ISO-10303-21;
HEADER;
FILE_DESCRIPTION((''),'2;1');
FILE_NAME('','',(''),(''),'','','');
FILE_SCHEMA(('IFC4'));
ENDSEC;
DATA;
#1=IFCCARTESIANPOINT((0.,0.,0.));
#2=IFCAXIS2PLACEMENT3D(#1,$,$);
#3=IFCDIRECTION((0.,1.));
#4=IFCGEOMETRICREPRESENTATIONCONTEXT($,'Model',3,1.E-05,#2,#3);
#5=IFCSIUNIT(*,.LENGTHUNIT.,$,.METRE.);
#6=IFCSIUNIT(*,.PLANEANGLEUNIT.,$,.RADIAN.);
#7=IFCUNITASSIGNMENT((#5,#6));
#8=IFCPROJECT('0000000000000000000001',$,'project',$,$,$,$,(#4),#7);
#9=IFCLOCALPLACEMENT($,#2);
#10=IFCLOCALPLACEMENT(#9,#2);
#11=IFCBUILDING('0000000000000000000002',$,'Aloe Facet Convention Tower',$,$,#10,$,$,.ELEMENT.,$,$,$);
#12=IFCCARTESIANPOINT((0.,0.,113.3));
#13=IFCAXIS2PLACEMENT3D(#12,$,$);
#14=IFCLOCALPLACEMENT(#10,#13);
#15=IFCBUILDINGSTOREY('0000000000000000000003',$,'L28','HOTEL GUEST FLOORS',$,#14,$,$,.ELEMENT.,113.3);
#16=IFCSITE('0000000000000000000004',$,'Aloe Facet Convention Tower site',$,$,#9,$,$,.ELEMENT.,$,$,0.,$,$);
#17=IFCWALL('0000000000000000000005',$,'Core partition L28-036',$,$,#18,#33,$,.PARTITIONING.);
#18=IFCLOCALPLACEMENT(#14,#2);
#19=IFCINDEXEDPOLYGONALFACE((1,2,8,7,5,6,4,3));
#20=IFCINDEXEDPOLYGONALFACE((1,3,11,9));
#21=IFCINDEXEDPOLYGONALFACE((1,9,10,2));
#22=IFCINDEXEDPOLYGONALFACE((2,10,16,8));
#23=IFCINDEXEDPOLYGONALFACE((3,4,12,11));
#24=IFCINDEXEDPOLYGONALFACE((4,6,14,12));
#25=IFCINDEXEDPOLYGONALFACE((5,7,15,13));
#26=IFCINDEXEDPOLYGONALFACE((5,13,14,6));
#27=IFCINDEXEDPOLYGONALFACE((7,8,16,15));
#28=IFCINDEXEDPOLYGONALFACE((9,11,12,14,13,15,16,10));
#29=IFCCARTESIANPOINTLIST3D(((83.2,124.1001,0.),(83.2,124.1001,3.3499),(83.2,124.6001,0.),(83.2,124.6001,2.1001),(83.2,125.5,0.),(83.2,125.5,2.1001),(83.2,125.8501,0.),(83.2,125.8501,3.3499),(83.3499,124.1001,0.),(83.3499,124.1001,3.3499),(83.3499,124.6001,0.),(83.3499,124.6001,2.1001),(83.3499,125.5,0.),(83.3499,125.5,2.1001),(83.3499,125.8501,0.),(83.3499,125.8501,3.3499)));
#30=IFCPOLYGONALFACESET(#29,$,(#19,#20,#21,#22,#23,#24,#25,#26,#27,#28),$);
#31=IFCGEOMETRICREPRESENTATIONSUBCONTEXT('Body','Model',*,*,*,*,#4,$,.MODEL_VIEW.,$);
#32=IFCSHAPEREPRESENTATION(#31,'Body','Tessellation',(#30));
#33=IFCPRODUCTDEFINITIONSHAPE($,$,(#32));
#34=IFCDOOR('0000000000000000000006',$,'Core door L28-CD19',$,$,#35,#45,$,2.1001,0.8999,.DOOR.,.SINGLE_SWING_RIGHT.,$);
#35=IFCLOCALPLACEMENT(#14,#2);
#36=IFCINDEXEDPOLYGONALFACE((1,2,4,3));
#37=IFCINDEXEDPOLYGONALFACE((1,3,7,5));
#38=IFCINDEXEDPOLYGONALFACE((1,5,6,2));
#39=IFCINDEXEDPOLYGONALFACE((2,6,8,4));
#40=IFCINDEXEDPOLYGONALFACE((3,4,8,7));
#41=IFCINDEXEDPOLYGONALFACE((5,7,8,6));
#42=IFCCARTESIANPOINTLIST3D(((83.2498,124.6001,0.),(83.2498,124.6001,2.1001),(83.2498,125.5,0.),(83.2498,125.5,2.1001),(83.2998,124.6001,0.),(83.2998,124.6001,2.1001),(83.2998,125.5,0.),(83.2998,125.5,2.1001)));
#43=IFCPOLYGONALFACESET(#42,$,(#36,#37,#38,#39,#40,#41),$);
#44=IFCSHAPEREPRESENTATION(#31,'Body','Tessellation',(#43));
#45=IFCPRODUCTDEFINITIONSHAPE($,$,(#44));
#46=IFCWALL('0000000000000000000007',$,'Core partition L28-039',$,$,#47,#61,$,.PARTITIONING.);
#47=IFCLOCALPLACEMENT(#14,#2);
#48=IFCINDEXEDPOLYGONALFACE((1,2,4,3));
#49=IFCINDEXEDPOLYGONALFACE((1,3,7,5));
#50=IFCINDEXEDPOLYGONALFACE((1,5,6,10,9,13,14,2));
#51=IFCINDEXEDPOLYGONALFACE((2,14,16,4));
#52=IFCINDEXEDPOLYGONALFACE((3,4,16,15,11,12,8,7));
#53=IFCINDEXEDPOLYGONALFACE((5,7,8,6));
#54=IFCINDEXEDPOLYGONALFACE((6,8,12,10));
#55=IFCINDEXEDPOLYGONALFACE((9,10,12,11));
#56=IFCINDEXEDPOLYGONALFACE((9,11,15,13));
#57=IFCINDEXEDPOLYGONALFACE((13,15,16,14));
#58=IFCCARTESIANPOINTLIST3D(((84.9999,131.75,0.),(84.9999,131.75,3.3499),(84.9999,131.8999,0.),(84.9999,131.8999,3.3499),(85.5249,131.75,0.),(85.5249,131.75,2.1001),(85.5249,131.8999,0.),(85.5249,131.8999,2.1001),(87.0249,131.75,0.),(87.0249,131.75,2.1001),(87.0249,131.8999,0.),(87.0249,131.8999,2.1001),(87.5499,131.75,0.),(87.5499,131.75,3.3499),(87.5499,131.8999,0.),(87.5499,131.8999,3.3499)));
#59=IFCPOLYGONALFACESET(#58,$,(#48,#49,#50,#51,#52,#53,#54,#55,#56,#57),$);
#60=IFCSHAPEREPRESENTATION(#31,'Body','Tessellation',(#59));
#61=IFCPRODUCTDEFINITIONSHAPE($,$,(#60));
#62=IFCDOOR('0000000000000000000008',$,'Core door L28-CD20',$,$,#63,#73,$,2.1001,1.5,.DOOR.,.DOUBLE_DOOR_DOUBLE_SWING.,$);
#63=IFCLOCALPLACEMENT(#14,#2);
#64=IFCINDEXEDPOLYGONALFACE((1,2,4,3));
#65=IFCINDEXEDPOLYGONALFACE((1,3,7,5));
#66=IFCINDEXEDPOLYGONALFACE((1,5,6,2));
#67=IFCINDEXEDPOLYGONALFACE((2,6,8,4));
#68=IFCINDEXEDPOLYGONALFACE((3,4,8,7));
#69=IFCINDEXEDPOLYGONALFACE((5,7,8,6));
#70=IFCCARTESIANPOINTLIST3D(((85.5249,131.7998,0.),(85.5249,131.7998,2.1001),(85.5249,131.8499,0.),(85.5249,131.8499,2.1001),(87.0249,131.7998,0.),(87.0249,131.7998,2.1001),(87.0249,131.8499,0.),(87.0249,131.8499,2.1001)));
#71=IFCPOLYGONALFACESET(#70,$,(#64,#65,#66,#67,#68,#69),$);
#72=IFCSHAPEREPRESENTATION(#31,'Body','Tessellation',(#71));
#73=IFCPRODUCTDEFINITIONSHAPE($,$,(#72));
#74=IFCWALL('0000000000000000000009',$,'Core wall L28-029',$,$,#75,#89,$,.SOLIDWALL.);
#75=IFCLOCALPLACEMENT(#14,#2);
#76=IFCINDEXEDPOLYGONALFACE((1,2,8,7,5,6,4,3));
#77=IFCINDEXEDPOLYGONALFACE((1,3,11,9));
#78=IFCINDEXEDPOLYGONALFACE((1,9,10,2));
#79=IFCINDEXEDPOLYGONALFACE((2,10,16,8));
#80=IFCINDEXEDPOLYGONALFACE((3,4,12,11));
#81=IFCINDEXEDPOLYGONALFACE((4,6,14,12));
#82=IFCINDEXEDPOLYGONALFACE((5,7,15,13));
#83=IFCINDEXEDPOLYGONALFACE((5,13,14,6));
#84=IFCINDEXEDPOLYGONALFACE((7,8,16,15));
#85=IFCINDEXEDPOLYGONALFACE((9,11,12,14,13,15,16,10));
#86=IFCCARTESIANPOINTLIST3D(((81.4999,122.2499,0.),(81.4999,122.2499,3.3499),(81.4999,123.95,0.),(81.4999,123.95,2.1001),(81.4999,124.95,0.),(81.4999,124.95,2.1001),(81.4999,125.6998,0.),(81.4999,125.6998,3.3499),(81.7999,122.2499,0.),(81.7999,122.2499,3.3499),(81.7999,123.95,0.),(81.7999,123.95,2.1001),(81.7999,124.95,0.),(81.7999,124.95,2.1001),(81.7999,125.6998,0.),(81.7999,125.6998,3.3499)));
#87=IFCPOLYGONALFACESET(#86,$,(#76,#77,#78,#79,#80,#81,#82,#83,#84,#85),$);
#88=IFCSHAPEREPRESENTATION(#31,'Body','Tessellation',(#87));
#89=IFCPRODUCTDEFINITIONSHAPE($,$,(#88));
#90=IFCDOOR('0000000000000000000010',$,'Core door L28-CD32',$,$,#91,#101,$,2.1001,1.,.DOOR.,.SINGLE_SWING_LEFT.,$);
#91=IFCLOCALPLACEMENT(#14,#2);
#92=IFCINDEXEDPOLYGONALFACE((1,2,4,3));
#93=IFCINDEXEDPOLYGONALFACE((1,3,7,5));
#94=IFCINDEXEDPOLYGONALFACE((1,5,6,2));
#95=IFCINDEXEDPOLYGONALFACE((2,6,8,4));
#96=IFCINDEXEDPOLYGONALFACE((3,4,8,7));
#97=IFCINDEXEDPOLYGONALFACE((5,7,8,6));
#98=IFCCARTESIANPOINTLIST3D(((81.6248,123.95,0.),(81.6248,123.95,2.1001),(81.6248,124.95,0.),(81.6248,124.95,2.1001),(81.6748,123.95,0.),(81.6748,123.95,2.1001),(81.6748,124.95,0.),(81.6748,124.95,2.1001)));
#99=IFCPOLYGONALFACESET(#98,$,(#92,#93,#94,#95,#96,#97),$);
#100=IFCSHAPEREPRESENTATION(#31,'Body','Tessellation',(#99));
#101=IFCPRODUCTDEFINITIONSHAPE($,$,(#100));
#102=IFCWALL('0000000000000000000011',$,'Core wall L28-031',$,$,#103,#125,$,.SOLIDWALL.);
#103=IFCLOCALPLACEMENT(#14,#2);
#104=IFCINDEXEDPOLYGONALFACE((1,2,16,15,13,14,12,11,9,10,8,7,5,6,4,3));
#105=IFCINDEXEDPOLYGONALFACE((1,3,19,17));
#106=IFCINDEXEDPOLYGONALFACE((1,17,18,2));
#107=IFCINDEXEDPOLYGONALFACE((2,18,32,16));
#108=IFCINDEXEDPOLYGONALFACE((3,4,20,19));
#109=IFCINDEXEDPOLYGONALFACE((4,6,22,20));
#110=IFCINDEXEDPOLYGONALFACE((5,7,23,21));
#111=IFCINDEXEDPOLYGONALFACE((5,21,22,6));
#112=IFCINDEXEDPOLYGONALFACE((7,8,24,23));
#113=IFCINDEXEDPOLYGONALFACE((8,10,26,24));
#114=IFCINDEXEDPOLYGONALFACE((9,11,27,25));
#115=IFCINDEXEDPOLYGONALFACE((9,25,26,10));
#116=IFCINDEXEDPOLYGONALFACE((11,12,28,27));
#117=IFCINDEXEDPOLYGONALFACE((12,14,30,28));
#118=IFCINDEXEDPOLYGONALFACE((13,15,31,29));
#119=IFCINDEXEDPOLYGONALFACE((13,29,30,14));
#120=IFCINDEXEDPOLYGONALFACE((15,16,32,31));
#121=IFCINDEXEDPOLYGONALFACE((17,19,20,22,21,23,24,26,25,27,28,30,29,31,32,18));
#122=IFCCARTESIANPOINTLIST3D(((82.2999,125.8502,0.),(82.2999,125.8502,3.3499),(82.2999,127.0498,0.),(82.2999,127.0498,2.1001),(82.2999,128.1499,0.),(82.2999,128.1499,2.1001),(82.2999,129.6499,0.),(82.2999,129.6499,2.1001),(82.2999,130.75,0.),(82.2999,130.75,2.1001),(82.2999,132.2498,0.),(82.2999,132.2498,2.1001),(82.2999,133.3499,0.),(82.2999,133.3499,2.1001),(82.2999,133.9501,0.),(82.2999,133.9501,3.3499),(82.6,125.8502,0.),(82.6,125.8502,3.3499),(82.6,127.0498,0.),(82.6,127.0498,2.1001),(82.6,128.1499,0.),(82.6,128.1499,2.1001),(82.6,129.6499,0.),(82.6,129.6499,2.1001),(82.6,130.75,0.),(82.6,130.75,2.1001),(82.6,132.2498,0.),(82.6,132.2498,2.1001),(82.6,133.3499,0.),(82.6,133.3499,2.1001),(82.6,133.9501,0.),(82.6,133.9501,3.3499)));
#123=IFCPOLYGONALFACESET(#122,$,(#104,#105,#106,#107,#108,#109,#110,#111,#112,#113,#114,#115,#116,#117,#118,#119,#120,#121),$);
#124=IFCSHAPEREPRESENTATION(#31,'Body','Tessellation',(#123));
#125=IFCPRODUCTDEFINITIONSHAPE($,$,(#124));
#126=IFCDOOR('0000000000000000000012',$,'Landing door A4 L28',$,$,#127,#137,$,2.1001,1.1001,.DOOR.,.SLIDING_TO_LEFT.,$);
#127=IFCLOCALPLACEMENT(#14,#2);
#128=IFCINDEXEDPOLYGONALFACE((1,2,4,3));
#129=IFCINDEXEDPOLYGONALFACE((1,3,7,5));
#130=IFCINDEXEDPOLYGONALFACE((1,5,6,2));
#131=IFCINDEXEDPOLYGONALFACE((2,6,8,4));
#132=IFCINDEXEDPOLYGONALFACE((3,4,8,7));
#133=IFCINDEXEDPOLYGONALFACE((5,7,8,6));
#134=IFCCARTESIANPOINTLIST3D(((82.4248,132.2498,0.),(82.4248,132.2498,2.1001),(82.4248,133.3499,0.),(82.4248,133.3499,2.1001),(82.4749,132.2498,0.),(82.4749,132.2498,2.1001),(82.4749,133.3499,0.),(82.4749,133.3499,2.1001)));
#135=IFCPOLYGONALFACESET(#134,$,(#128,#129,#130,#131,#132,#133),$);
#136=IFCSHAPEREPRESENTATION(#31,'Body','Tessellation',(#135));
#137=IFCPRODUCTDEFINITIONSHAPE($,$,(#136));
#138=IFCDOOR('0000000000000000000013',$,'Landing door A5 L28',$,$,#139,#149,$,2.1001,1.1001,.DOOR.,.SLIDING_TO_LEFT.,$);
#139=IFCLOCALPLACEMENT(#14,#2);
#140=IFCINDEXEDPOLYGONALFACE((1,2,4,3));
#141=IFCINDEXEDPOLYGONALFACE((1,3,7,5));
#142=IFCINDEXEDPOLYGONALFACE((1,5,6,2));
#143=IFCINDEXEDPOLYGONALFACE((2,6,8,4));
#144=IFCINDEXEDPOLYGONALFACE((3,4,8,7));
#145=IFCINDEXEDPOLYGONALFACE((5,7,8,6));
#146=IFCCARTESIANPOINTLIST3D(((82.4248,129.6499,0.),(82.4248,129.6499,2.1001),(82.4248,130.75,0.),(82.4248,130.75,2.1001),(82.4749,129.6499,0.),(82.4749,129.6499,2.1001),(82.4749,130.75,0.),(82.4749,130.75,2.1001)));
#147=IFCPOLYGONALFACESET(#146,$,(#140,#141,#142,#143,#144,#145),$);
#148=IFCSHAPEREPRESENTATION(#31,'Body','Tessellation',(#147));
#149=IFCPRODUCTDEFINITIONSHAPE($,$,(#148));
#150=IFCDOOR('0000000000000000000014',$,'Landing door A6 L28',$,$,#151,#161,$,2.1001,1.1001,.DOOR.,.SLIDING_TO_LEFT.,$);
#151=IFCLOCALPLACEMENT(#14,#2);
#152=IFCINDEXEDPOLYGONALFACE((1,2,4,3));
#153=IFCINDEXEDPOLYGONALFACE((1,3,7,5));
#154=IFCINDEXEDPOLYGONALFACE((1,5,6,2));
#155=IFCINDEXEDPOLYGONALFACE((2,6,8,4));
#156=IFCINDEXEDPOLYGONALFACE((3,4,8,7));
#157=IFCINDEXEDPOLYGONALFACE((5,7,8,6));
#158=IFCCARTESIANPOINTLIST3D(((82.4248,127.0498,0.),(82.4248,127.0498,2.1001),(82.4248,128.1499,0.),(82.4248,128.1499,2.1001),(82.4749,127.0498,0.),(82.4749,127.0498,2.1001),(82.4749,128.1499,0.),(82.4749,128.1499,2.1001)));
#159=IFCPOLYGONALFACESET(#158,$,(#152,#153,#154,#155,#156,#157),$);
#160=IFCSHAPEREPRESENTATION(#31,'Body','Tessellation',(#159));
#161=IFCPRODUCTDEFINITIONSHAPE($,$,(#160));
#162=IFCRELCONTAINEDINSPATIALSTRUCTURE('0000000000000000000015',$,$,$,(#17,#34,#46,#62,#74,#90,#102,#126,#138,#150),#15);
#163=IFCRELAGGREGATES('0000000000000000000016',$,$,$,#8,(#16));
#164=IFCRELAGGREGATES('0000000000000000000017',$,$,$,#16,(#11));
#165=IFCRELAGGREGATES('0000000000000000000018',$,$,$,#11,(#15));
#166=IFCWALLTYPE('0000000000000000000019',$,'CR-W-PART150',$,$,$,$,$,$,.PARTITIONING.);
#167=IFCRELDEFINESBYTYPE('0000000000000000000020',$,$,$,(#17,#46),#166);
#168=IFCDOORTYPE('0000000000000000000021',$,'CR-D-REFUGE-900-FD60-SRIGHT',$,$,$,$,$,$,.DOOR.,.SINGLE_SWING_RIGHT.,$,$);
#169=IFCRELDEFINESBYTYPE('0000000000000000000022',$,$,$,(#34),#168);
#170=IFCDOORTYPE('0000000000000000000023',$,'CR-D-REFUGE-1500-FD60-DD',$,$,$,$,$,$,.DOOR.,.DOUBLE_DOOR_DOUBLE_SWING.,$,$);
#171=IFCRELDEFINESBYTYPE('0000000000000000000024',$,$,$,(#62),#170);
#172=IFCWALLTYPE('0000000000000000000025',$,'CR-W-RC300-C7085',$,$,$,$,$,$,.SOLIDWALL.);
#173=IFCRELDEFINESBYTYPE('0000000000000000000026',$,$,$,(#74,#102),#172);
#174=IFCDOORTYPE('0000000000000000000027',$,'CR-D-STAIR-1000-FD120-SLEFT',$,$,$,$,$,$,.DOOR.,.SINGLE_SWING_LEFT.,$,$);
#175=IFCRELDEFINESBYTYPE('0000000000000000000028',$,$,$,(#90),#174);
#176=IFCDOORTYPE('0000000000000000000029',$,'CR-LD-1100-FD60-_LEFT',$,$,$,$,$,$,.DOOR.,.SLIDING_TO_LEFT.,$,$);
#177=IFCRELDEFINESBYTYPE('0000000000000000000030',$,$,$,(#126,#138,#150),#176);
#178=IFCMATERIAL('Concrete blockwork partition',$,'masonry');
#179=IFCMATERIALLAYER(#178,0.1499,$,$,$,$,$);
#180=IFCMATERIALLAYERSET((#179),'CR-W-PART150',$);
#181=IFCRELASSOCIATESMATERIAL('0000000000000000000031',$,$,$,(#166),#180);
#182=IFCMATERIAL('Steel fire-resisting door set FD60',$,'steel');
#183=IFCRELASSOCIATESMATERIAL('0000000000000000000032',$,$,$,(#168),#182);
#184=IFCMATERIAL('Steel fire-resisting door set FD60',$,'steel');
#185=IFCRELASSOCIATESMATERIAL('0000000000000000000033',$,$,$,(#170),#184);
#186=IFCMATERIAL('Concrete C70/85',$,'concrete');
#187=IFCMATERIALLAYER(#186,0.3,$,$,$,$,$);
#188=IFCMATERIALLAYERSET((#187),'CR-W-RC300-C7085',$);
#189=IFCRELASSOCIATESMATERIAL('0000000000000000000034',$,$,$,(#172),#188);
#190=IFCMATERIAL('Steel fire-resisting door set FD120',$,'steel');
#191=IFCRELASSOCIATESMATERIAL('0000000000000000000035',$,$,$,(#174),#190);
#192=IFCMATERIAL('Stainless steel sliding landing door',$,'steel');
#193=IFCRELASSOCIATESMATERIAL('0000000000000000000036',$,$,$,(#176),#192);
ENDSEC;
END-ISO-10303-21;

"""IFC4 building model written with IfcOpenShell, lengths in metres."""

from ifc_helpers import new_model, si_unit, direction, frame, frame_2d, origin, place, context, subcontext, project, spatial, rectangle, extrude, material, layer, layer_set, type_object, element, fill, save


model = new_model("IFC4")

# Units and contexts
model_context = context("Model", 3, precision=1e-05, world=origin(), true_north=direction((0.0, 1.0)))
body_context = subcontext(model_context, "Body", "Model", "MODEL_VIEW")
ifc_project = project(units=[si_unit("LENGTHUNIT", "METRE"), si_unit("PLANEANGLEUNIT", "RADIAN")], contexts=[model_context])

# Site, building, storey
site_placement = place(None, origin())
site = spatial("IfcSite", under=ifc_project, at=site_placement, Name="Aloe Facet Convention Tower site", CompositionType="ELEMENT", RefElevation=0.0)
building_placement = place(site_placement, origin())
building = spatial("IfcBuilding", under=site, at=building_placement, Name="Aloe Facet Convention Tower", CompositionType="ELEMENT")
storey_placement = place(building_placement, frame((0.0, 0.0, 113.3)))
storey = spatial("IfcBuildingStorey", under=building, at=storey_placement, Name="L28", Description="HOTEL GUEST FLOORS", CompositionType="ELEMENT", Elevation=113.3)

# Walls, openings, doors
ifc_material_1 = material(Name="Concrete blockwork partition", Category="masonry")
ifc_layer_1 = layer(ifc_material_1, 0.1499)
ifc_layer_set_1 = layer_set([ifc_layer_1], Name="CR-W-PART150")
wall_type_1 = type_object("IfcWallType", Name="CR-W-PART150", PredefinedType="PARTITIONING", material=ifc_layer_set_1)
wall_1_placement = place(storey_placement, frame((83.2749, 125.8501, 0.0), z_axis=(0.0, 0.0, 1.0), x_axis=(0.0, -1.0, 0.0)))
wall_1 = element("IfcWall", 1, at=wall_1_placement, inside=storey, type_object=wall_type_1, Name="Core partition L28-036", PredefinedType="PARTITIONING", context=body_context, shape_type="SweptSolid", body=[
    extrude(rectangle(XDim=1.75, YDim=0.1499, at=frame_2d((0.875, 0.0))), origin(), (0.0, 0.0, 1.0), 3.3499),
])
opening_1_placement = place(wall_1_placement, frame((0.3501, 0.0, 0.0)))
opening_1 = element("IfcOpeningElement", 2, at=opening_1_placement, cuts=wall_1, PredefinedType="OPENING", context=body_context, shape_type="SweptSolid", body=[
    extrude(rectangle(XDim=0.8999, YDim=2.1001, at=frame_2d((0.45, 1.05))), frame((0.0, 0.085, 0.0), z_axis=(0.0, -1.0, 0.0), x_axis=(1.0, 0.0, 0.0)), (0.0, 0.0, 1.0), 0.1699),
])
ifc_material_2 = material(Name="Steel fire-resisting door set FD60", Category="steel")
door_type_1 = type_object("IfcDoorType", Name="CR-D-REFUGE-900-FD60-SRIGHT", OperationType="SINGLE_SWING_RIGHT", PredefinedType="DOOR", material=ifc_material_2)
door_1_placement = place(opening_1_placement, origin())
door_1 = element("IfcDoor", 3, at=door_1_placement, inside=storey, type_object=door_type_1, Name="Core door L28-CD19", OperationType="SINGLE_SWING_RIGHT", OverallHeight=2.1001, OverallWidth=0.8999, PredefinedType="DOOR", context=body_context, shape_type="SweptSolid", body=[
    extrude(rectangle(XDim=0.8999, YDim=2.1001, at=frame_2d((0.45, 1.05))), frame((0.0, 0.0249, 0.0), z_axis=(0.0, -1.0, 0.0), x_axis=(1.0, 0.0, 0.0)), (0.0, 0.0, 1.0), 0.05),
])
fill(opening_1, door_1)
wall_2_placement = place(storey_placement, frame((85.0, 131.825, 0.0), z_axis=(0.0, 0.0, 1.0), x_axis=(1.0, 0.0, 0.0)))
wall_2 = element("IfcWall", 4, at=wall_2_placement, inside=storey, type_object=wall_type_1, Name="Core partition L28-039", PredefinedType="PARTITIONING", context=body_context, shape_type="SweptSolid", body=[
    extrude(rectangle(XDim=2.55, YDim=0.1499, at=frame_2d((1.2749, 0.0))), origin(), (0.0, 0.0, 1.0), 3.3499),
])
opening_2_placement = place(wall_2_placement, frame((0.5249, 0.0, 0.0)))
opening_2 = element("IfcOpeningElement", 5, at=opening_2_placement, cuts=wall_2, PredefinedType="OPENING", context=body_context, shape_type="SweptSolid", body=[
    extrude(rectangle(XDim=1.5, YDim=2.1001, at=frame_2d((0.75, 1.05))), frame((0.0, 0.085, 0.0), z_axis=(0.0, -1.0, 0.0), x_axis=(1.0, 0.0, 0.0)), (0.0, 0.0, 1.0), 0.1699),
])
ifc_material_3 = material(Name="Steel fire-resisting door set FD60", Category="steel")
door_type_2 = type_object("IfcDoorType", Name="CR-D-REFUGE-1500-FD60-DD", OperationType="DOUBLE_DOOR_DOUBLE_SWING", PredefinedType="DOOR", material=ifc_material_3)
door_2_placement = place(opening_2_placement, origin())
door_2 = element("IfcDoor", 6, at=door_2_placement, inside=storey, type_object=door_type_2, Name="Core door L28-CD20", OperationType="DOUBLE_DOOR_DOUBLE_SWING", OverallHeight=2.1001, OverallWidth=1.5, PredefinedType="DOOR", context=body_context, shape_type="SweptSolid", body=[
    extrude(rectangle(XDim=1.5, YDim=2.1001, at=frame_2d((0.75, 1.05))), frame((0.0, 0.0249, 0.0), z_axis=(0.0, -1.0, 0.0), x_axis=(1.0, 0.0, 0.0)), (0.0, 0.0, 1.0), 0.05),
])
fill(opening_2, door_2)
ifc_material_4 = material(Name="Concrete C70/85", Category="concrete")
ifc_layer_2 = layer(ifc_material_4, 0.3)
ifc_layer_set_2 = layer_set([ifc_layer_2], Name="CR-W-RC300-C7085")
wall_type_2 = type_object("IfcWallType", Name="CR-W-RC300-C7085", PredefinedType="SOLIDWALL", material=ifc_layer_set_2)
wall_3_placement = place(storey_placement, frame((81.6499, 125.7, 0.0), z_axis=(0.0, 0.0, 1.0), x_axis=(0.0, -1.0, 0.0)))
wall_3 = element("IfcWall", 7, at=wall_3_placement, inside=storey, type_object=wall_type_2, Name="Core wall L28-029", PredefinedType="SOLIDWALL", context=body_context, shape_type="SweptSolid", body=[
    extrude(rectangle(XDim=3.45, YDim=0.3, at=frame_2d((1.7251, 0.0))), origin(), (0.0, 0.0, 1.0), 3.3499),
])
opening_3_placement = place(wall_3_placement, frame((0.75, 0.0, 0.0)))
opening_3 = element("IfcOpeningElement", 8, at=opening_3_placement, cuts=wall_3, PredefinedType="OPENING", context=body_context, shape_type="SweptSolid", body=[
    extrude(rectangle(XDim=1.0, YDim=2.1001, at=frame_2d((0.5, 1.05))), frame((0.0, 0.1602, 0.0), z_axis=(0.0, -1.0, 0.0), x_axis=(1.0, 0.0, 0.0)), (0.0, 0.0, 1.0), 0.3201),
])
ifc_material_5 = material(Name="Steel fire-resisting door set FD120", Category="steel")
door_type_3 = type_object("IfcDoorType", Name="CR-D-STAIR-1000-FD120-SLEFT", OperationType="SINGLE_SWING_LEFT", PredefinedType="DOOR", material=ifc_material_5)
door_3_placement = place(opening_3_placement, origin())
door_3 = element("IfcDoor", 9, at=door_3_placement, inside=storey, type_object=door_type_3, Name="Core door L28-CD32", OperationType="SINGLE_SWING_LEFT", OverallHeight=2.1001, OverallWidth=1.0, PredefinedType="DOOR", context=body_context, shape_type="SweptSolid", body=[
    extrude(rectangle(XDim=1.0, YDim=2.1001, at=frame_2d((0.5, 1.05))), frame((0.0, 0.0249, 0.0), z_axis=(0.0, -1.0, 0.0), x_axis=(1.0, 0.0, 0.0)), (0.0, 0.0, 1.0), 0.05),
])
fill(opening_3, door_3)

# Wall, openings, doors
wall_4_placement = place(storey_placement, frame((82.45, 133.95, 0.0), z_axis=(0.0, 0.0, 1.0), x_axis=(0.0, -1.0, 0.0)))
wall_4 = element("IfcWall", 10, at=wall_4_placement, inside=storey, type_object=wall_type_2, Name="Core wall L28-031", PredefinedType="SOLIDWALL", context=body_context, shape_type="SweptSolid", body=[
    extrude(rectangle(XDim=8.0999, YDim=0.3, at=frame_2d((4.0498, 0.0))), origin(), (0.0, 0.0, 1.0), 3.3499),
])
opening_4_placement = place(wall_4_placement, frame((0.6001, 0.0, 0.0)))
opening_4 = element("IfcOpeningElement", 11, at=opening_4_placement, cuts=wall_4, PredefinedType="OPENING", context=body_context, shape_type="SweptSolid", body=[
    extrude(rectangle(XDim=1.1001, YDim=2.1001, at=frame_2d((0.55, 1.05))), frame((0.0, 0.1602, 0.0), z_axis=(0.0, -1.0, 0.0), x_axis=(1.0, 0.0, 0.0)), (0.0, 0.0, 1.0), 0.3201),
])
opening_5_placement = place(wall_4_placement, frame((3.2, 0.0, 0.0)))
opening_5 = element("IfcOpeningElement", 12, at=opening_5_placement, cuts=wall_4, PredefinedType="OPENING", context=body_context, shape_type="SweptSolid", body=[
    extrude(rectangle(XDim=1.1001, YDim=2.1001, at=frame_2d((0.55, 1.05))), frame((0.0, 0.1602, 0.0), z_axis=(0.0, -1.0, 0.0), x_axis=(1.0, 0.0, 0.0)), (0.0, 0.0, 1.0), 0.3201),
])
opening_6_placement = place(wall_4_placement, frame((5.8, 0.0, 0.0)))
opening_6 = element("IfcOpeningElement", 13, at=opening_6_placement, cuts=wall_4, PredefinedType="OPENING", context=body_context, shape_type="SweptSolid", body=[
    extrude(rectangle(XDim=1.1001, YDim=2.1001, at=frame_2d((0.55, 1.05))), frame((0.0, 0.1602, 0.0), z_axis=(0.0, -1.0, 0.0), x_axis=(1.0, 0.0, 0.0)), (0.0, 0.0, 1.0), 0.3201),
])
ifc_material_6 = material(Name="Stainless steel sliding landing door", Category="steel")
door_type_4 = type_object("IfcDoorType", Name="CR-LD-1100-FD60-_LEFT", OperationType="SLIDING_TO_LEFT", PredefinedType="DOOR", material=ifc_material_6)
door_4_placement = place(opening_4_placement, origin())
door_4 = element("IfcDoor", 14, at=door_4_placement, inside=storey, type_object=door_type_4, Name="Landing door A4 L28", OperationType="SLIDING_TO_LEFT", OverallHeight=2.1001, OverallWidth=1.1001, PredefinedType="DOOR", context=body_context, shape_type="SweptSolid", body=[
    extrude(rectangle(XDim=1.1001, YDim=2.1001, at=frame_2d((0.55, 1.05))), frame((0.0, 0.0249, 0.0), z_axis=(0.0, -1.0, 0.0), x_axis=(1.0, 0.0, 0.0)), (0.0, 0.0, 1.0), 0.05),
])
fill(opening_4, door_4)
door_5_placement = place(opening_5_placement, origin())
door_5 = element("IfcDoor", 15, at=door_5_placement, inside=storey, type_object=door_type_4, Name="Landing door A5 L28", OperationType="SLIDING_TO_LEFT", OverallHeight=2.1001, OverallWidth=1.1001, PredefinedType="DOOR", context=body_context, shape_type="SweptSolid", body=[
    extrude(rectangle(XDim=1.1001, YDim=2.1001, at=frame_2d((0.55, 1.05))), frame((0.0, 0.0249, 0.0), z_axis=(0.0, -1.0, 0.0), x_axis=(1.0, 0.0, 0.0)), (0.0, 0.0, 1.0), 0.05),
])
fill(opening_5, door_5)
door_6_placement = place(opening_6_placement, origin())
door_6 = element("IfcDoor", 16, at=door_6_placement, inside=storey, type_object=door_type_4, Name="Landing door A6 L28", OperationType="SLIDING_TO_LEFT", OverallHeight=2.1001, OverallWidth=1.1001, PredefinedType="DOOR", context=body_context, shape_type="SweptSolid", body=[
    extrude(rectangle(XDim=1.1001, YDim=2.1001, at=frame_2d((0.55, 1.05))), frame((0.0, 0.0249, 0.0), z_axis=(0.0, -1.0, 0.0), x_axis=(1.0, 0.0, 0.0)), (0.0, 0.0, 1.0), 0.05),
])
fill(opening_6, door_6)

save(model, "model.ifc")
